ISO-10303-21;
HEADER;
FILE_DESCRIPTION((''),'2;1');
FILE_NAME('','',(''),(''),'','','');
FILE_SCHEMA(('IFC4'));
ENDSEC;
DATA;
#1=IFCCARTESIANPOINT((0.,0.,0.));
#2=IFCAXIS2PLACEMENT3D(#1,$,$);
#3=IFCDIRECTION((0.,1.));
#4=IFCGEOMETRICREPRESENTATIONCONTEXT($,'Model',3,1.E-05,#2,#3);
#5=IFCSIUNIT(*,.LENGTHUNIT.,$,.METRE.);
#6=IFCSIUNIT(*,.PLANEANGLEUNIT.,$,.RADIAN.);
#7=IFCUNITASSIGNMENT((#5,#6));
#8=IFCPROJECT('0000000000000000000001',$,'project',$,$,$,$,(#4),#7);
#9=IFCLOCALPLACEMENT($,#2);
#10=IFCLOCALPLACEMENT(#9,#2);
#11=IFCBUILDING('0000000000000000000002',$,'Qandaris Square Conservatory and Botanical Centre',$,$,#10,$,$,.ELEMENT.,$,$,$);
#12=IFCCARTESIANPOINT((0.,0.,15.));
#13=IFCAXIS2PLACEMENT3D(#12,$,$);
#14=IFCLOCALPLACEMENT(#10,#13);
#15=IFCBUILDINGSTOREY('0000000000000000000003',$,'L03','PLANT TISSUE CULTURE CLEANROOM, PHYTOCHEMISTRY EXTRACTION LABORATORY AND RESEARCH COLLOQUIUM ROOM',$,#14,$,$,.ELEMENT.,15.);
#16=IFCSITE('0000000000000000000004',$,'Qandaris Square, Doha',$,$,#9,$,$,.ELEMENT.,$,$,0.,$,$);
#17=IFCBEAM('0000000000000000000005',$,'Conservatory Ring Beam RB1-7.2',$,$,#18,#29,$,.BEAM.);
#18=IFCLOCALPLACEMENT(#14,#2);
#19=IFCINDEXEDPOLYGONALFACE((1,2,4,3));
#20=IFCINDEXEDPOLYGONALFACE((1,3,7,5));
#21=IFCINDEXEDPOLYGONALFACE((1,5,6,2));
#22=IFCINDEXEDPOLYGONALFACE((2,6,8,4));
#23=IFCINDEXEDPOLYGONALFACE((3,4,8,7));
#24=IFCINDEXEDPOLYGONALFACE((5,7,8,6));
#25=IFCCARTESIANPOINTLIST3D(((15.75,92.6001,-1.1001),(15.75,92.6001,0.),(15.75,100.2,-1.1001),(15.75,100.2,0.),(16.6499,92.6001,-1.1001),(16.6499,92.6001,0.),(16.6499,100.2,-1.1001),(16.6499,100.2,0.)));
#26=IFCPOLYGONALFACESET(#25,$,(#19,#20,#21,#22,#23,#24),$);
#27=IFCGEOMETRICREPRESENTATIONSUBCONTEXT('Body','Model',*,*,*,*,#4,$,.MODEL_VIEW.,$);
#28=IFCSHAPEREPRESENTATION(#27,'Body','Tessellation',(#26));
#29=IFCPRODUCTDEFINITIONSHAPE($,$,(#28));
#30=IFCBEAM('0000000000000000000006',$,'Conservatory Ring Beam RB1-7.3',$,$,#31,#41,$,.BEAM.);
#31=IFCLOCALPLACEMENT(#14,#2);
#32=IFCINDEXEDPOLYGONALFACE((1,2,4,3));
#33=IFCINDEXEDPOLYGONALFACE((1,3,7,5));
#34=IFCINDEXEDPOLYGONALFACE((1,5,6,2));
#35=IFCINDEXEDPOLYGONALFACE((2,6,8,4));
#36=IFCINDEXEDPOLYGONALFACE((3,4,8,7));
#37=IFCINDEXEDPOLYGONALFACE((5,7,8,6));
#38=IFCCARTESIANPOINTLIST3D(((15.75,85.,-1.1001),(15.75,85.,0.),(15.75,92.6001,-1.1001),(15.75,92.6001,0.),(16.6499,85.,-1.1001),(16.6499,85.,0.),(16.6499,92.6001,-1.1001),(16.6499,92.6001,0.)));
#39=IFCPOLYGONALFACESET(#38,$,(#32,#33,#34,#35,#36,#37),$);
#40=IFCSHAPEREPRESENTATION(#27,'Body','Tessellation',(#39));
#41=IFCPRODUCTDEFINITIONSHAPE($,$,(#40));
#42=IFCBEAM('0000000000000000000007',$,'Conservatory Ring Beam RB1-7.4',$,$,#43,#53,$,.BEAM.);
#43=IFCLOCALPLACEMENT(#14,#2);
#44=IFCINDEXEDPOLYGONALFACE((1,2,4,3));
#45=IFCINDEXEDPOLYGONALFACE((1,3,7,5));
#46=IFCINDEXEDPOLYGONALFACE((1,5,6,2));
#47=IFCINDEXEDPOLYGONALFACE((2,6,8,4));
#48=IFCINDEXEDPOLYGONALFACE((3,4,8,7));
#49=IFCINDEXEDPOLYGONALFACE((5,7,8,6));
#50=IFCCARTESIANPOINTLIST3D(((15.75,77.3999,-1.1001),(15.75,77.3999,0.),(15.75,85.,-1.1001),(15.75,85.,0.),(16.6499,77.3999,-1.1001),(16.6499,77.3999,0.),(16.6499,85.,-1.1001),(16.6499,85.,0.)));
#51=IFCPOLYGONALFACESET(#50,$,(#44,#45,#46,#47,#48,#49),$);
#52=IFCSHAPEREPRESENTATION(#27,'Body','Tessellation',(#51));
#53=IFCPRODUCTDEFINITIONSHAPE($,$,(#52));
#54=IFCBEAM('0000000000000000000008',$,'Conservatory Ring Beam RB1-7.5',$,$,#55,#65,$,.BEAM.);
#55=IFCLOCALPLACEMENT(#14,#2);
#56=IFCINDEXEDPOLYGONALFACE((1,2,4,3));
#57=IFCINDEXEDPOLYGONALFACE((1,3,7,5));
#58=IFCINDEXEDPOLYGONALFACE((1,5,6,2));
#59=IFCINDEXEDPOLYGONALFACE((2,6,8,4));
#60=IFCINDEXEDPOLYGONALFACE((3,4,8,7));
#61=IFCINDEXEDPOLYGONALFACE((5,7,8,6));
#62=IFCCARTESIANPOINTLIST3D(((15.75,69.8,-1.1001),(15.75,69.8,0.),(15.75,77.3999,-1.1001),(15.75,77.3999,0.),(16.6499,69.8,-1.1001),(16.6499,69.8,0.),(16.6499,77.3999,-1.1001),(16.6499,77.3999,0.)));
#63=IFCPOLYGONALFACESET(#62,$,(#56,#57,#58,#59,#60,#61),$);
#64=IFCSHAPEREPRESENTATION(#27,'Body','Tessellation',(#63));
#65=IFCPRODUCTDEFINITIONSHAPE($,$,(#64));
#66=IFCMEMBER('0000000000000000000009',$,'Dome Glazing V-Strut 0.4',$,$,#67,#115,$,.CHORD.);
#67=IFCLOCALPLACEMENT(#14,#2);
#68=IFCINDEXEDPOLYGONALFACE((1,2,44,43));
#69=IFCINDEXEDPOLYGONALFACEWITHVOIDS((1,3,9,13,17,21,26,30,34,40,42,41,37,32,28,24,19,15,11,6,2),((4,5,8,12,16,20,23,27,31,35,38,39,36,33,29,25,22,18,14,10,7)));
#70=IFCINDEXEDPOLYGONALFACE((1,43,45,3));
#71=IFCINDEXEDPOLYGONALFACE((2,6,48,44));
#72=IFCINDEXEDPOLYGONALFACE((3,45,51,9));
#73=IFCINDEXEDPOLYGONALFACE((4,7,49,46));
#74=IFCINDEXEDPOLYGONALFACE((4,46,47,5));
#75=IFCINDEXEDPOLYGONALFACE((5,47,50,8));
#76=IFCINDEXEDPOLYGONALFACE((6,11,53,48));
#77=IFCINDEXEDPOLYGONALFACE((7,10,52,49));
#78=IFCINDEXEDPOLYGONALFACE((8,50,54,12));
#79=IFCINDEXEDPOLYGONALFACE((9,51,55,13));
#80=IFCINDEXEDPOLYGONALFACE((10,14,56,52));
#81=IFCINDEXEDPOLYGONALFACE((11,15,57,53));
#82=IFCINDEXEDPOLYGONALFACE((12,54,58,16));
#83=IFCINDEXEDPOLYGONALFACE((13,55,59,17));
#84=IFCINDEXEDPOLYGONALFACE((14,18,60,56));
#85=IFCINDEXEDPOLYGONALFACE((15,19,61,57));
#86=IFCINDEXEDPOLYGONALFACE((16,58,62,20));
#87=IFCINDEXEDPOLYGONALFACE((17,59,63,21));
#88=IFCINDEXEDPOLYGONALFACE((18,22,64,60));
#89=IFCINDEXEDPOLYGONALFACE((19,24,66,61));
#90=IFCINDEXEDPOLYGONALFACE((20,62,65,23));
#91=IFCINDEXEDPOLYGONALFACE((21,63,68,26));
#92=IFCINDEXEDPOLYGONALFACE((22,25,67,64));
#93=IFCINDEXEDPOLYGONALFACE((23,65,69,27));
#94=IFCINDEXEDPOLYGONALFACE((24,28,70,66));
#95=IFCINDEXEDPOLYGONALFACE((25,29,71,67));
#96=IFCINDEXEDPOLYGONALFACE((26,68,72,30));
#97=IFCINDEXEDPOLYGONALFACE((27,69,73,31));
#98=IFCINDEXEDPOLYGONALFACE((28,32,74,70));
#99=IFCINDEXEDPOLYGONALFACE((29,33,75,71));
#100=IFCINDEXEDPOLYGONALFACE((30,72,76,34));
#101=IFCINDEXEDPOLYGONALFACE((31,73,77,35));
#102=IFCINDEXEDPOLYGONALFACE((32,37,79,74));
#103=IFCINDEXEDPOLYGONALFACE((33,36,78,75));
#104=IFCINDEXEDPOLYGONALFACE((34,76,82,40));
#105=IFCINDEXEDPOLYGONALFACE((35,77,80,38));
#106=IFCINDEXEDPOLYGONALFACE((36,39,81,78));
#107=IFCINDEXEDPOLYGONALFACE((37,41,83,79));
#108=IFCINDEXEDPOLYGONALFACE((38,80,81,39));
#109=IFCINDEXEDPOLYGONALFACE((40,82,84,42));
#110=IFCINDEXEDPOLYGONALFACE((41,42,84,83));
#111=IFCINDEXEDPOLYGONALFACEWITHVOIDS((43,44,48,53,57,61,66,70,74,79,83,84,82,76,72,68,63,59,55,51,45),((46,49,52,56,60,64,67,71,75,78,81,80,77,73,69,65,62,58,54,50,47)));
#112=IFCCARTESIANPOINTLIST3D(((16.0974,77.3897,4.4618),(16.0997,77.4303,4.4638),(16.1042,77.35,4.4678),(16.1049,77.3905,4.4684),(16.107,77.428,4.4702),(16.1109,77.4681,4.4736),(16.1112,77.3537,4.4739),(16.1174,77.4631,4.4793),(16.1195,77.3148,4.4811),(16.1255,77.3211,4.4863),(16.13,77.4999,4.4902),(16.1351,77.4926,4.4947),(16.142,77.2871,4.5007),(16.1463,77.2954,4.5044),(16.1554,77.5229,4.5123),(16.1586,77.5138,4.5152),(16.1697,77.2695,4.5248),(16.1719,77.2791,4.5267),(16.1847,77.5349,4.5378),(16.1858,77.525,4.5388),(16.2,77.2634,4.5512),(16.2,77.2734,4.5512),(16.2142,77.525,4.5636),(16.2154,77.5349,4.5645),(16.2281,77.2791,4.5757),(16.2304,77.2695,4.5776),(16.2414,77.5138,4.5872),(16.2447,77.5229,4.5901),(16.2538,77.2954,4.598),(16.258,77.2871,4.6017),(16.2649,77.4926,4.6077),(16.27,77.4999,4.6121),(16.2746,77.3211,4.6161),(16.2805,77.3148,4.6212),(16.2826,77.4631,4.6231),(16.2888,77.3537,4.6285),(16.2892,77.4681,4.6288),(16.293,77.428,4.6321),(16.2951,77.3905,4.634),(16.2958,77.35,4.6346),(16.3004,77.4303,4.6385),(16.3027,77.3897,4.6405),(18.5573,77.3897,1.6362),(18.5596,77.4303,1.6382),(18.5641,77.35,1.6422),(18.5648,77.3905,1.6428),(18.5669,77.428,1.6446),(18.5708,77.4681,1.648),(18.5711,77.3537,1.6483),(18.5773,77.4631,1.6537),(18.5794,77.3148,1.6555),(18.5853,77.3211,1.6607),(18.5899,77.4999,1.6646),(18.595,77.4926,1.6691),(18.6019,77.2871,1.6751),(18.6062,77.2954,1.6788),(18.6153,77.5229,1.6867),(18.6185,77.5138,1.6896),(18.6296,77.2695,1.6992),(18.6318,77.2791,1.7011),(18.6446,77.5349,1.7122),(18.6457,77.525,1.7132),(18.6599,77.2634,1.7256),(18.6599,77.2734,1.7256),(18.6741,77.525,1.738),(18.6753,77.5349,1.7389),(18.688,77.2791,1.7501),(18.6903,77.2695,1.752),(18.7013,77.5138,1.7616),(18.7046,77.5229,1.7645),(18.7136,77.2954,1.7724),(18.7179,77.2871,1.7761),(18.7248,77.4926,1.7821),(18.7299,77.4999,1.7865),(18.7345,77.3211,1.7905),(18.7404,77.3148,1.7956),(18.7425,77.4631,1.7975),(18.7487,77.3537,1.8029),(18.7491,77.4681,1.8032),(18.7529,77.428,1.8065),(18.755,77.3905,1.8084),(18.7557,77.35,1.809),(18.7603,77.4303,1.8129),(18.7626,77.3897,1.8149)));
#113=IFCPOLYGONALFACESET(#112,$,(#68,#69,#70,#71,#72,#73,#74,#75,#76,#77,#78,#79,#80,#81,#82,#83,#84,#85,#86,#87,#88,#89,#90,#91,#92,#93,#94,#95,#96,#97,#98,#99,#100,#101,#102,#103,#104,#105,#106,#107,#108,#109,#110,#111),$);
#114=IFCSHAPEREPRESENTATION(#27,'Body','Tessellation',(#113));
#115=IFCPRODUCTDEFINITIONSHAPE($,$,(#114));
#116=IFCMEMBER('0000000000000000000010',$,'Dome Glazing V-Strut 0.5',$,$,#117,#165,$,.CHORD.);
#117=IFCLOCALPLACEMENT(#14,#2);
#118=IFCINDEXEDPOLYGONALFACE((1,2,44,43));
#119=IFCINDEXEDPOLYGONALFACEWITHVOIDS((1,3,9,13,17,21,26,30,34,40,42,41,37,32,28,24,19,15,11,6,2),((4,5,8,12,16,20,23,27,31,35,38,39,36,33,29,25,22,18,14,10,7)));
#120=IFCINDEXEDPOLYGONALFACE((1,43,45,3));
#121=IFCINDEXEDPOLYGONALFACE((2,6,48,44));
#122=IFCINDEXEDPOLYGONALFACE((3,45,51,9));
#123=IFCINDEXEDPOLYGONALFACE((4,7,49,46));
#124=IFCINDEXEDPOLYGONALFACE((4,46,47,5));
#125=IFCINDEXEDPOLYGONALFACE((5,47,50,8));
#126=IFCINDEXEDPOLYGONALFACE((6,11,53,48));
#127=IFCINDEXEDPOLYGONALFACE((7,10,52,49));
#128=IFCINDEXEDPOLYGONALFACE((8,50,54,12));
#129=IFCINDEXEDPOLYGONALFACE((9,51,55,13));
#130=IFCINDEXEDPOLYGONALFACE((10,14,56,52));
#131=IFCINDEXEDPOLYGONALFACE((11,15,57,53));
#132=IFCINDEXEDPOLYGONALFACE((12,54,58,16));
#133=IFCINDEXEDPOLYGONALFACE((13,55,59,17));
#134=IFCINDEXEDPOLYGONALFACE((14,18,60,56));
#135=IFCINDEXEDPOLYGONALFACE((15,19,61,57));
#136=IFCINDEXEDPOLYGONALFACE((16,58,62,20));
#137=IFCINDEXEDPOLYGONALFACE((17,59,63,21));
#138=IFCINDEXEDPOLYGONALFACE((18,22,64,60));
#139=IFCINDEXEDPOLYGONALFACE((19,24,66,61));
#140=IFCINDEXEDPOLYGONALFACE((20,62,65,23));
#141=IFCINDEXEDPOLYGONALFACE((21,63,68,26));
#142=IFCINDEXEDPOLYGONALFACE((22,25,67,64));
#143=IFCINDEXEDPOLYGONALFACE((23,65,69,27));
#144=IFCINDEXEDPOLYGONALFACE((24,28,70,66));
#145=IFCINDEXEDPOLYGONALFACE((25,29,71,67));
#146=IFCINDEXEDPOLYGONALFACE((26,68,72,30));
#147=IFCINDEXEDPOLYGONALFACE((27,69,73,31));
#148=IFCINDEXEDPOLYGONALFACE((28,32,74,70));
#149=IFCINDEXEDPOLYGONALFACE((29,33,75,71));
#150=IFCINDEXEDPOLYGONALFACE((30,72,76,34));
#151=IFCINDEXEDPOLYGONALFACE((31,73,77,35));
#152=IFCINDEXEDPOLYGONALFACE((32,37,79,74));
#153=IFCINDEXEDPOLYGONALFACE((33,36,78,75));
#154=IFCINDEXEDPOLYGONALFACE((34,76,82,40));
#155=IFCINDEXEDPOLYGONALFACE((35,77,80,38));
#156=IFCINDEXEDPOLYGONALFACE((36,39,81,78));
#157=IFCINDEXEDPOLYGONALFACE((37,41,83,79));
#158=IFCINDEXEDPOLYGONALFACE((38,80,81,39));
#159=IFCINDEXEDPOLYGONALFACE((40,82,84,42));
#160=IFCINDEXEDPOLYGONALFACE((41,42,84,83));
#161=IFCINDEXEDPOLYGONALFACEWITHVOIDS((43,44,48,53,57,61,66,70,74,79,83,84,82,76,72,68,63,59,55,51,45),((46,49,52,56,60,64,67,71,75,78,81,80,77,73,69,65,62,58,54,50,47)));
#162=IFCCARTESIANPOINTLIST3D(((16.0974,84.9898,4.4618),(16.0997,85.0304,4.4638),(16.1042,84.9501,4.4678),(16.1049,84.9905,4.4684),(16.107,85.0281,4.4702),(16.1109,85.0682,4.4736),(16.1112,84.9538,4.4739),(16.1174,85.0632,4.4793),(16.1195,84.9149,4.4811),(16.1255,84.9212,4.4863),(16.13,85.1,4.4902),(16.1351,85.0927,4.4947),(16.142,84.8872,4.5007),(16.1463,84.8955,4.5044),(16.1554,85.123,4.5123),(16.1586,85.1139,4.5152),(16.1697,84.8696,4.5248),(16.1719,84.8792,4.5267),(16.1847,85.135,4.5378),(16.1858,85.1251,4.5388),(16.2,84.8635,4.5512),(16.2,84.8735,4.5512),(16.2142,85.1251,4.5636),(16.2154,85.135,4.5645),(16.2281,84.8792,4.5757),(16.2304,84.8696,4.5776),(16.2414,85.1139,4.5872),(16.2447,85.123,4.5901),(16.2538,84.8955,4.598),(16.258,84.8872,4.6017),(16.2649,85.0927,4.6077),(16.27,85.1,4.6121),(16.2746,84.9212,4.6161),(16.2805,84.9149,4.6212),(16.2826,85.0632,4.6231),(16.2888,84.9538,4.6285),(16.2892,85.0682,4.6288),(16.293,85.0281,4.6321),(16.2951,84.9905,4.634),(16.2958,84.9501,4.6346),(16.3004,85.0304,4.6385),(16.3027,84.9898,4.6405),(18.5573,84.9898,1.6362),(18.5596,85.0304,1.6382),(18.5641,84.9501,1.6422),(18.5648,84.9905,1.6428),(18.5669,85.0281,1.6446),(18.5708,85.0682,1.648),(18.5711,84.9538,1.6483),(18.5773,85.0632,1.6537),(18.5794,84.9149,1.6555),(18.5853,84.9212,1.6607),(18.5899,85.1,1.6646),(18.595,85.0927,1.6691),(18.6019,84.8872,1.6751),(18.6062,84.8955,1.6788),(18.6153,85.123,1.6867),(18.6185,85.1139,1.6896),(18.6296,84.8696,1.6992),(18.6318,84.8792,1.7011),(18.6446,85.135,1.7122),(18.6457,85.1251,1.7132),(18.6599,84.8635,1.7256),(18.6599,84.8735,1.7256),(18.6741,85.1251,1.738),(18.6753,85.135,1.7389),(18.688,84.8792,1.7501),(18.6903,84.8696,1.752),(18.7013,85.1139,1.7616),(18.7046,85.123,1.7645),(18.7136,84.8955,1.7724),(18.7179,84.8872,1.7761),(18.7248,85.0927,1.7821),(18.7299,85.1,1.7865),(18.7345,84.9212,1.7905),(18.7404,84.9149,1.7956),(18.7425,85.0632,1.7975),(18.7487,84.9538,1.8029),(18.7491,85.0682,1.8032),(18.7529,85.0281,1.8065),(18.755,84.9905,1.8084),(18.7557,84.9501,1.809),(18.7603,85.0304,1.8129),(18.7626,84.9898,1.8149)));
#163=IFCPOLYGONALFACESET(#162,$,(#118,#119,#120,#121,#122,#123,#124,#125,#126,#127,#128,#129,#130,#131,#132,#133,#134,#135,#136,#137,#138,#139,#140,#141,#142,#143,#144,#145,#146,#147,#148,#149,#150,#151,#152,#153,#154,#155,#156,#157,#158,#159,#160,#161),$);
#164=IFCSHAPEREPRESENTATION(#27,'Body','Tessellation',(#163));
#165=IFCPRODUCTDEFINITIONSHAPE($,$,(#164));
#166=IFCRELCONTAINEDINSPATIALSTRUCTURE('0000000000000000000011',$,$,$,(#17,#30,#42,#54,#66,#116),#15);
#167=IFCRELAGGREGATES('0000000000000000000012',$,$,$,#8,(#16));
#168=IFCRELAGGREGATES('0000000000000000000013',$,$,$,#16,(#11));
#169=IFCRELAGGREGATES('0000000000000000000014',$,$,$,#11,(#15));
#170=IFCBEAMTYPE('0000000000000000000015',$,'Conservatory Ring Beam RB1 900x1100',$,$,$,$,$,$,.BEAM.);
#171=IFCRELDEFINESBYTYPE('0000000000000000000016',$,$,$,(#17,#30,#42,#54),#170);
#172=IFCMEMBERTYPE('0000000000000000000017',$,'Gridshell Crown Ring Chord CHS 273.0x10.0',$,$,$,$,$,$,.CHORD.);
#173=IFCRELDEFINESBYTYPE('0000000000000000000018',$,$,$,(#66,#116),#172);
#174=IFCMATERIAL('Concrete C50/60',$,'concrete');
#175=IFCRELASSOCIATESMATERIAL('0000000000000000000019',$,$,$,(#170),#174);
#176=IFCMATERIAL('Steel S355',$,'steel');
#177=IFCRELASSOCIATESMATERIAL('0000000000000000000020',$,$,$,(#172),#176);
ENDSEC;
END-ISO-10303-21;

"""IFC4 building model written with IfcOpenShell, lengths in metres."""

from ifc_helpers import new_model, si_unit, direction, frame, origin, origin_2d, place, context, subcontext, project, spatial, rectangle, hollow_circle, extrude, material, material_profile, profile_set, type_object, element, save


model = new_model("IFC4")

# Units and contexts
model_context = context("Model", 3, precision=1e-05, world=origin(), true_north=direction((0.0, 1.0)))
body_context = subcontext(model_context, "Body", "Model", "MODEL_VIEW")
ifc_project = project(units=[si_unit("LENGTHUNIT", "METRE"), si_unit("PLANEANGLEUNIT", "RADIAN")], contexts=[model_context])

# Site, building, storey
site_placement = place(None, origin())
site = spatial("IfcSite", under=ifc_project, at=site_placement, Name="Qandaris Square, Doha", CompositionType="ELEMENT", RefElevation=0.0)
building_placement = place(site_placement, origin())
building = spatial("IfcBuilding", under=site, at=building_placement, Name="Qandaris Square Conservatory and Botanical Centre", CompositionType="ELEMENT")
storey_placement = place(building_placement, frame((0.0, 0.0, 15.0)))
storey = spatial("IfcBuildingStorey", under=building, at=storey_placement, Name="L03", Description="PLANT TISSUE CULTURE CLEANROOM, PHYTOCHEMISTRY EXTRACTION LABORATORY AND RESEARCH COLLOQUIUM ROOM", CompositionType="ELEMENT", Elevation=15.0)

# Beams
ifc_material_1 = material(Name="Concrete C50/60", Category="concrete")
ifc_material_profile_1 = material_profile(ifc_material_1, rectangle(XDim=0.8999, YDim=1.1001, at=origin_2d()), Name="RC-RB 900x1100")
ifc_profile_set_1 = profile_set([ifc_material_profile_1], Name="Concrete C50/60")
beam_type = type_object("IfcBeamType", Name="Conservatory Ring Beam RB1 900x1100", PredefinedType="BEAM", material=ifc_profile_set_1)
beam_1_placement = place(storey_placement, frame((16.2, 100.2, -0.55), z_axis=(0.0, -1.0, 0.0), x_axis=(1.0, 0.0, 0.0)))
element("IfcBeam", 1, at=beam_1_placement, inside=storey, type_object=beam_type, Name="Conservatory Ring Beam RB1-7.2", PredefinedType="BEAM", context=body_context, shape_type="SweptSolid", body=[
    extrude(rectangle(XDim=0.8999, YDim=1.1001, at=origin_2d()), origin(), (0.0, 0.0, 1.0), 7.5999),
])
for number, where, z_axis, x_axis, name in (
    (2, (16.2, 92.6001, -0.55), (0.0, -1.0, 0.0), (1.0, 0.0, 0.0), "Conservatory Ring Beam RB1-7.3"),
    (3, (16.2, 85.0, -0.55), (0.0, -1.0, 0.0), (1.0, 0.0, 0.0), "Conservatory Ring Beam RB1-7.4"),
):
    element("IfcBeam", number, at=place(storey_placement, frame(where, z_axis=z_axis, x_axis=x_axis)), inside=storey, type_object=beam_type, Name=name, PredefinedType="BEAM", context=body_context, shape_type="SweptSolid", body=[
        extrude(rectangle(XDim=0.8999, YDim=1.1001, at=origin_2d()), origin(), (0.0, 0.0, 1.0), 7.6001),
    ])
beam_2_placement = place(storey_placement, frame((16.2, 77.3999, -0.55), z_axis=(0.0, -1.0, 0.0), x_axis=(1.0, 0.0, 0.0)))
element("IfcBeam", 4, at=beam_2_placement, inside=storey, type_object=beam_type, Name="Conservatory Ring Beam RB1-7.5", PredefinedType="BEAM", context=body_context, shape_type="SweptSolid", body=[
    extrude(rectangle(XDim=0.8999, YDim=1.1001, at=origin_2d()), origin(), (0.0, 0.0, 1.0), 7.5999),
])

# Members
ifc_material_2 = material(Name="Steel S355", Category="steel")
ifc_material_profile_2 = material_profile(ifc_material_2, hollow_circle(Radius=0.1365, WallThickness=0.01, at=origin_2d()), Name="CHS 273.0x10.0")
ifc_profile_set_2 = profile_set([ifc_material_profile_2], Name="Steel S355")
member_type_1 = type_object("IfcMemberType", Name="Gridshell Crown Ring Chord CHS 273.0x10.0", PredefinedType="CHORD", material=ifc_profile_set_2)
for number, where, z_axis, x_axis, name in (
    (5, (18.6599, 77.3999, 1.7256), (-0.656611, 0.0, 0.754229), (0.0, -1.0, 0.0), "Dome Glazing V-Strut 0.4"),
    (6, (18.6599, 85.0, 1.7256), (-0.656611, 0.0, 0.754229), (0.0, -1.0, 0.0), "Dome Glazing V-Strut 0.5"),
):
    element("IfcMember", number, at=place(storey_placement, frame(where, z_axis=z_axis, x_axis=x_axis)), inside=storey, type_object=member_type_1, Name=name, PredefinedType="CHORD", context=body_context, shape_type="SweptSolid", body=[
        extrude(hollow_circle(Radius=0.1365, WallThickness=0.01, at=origin_2d()), origin(), (0.0, 0.0, 1.0), 3.7463),
    ])

save(model, "model.ifc")
